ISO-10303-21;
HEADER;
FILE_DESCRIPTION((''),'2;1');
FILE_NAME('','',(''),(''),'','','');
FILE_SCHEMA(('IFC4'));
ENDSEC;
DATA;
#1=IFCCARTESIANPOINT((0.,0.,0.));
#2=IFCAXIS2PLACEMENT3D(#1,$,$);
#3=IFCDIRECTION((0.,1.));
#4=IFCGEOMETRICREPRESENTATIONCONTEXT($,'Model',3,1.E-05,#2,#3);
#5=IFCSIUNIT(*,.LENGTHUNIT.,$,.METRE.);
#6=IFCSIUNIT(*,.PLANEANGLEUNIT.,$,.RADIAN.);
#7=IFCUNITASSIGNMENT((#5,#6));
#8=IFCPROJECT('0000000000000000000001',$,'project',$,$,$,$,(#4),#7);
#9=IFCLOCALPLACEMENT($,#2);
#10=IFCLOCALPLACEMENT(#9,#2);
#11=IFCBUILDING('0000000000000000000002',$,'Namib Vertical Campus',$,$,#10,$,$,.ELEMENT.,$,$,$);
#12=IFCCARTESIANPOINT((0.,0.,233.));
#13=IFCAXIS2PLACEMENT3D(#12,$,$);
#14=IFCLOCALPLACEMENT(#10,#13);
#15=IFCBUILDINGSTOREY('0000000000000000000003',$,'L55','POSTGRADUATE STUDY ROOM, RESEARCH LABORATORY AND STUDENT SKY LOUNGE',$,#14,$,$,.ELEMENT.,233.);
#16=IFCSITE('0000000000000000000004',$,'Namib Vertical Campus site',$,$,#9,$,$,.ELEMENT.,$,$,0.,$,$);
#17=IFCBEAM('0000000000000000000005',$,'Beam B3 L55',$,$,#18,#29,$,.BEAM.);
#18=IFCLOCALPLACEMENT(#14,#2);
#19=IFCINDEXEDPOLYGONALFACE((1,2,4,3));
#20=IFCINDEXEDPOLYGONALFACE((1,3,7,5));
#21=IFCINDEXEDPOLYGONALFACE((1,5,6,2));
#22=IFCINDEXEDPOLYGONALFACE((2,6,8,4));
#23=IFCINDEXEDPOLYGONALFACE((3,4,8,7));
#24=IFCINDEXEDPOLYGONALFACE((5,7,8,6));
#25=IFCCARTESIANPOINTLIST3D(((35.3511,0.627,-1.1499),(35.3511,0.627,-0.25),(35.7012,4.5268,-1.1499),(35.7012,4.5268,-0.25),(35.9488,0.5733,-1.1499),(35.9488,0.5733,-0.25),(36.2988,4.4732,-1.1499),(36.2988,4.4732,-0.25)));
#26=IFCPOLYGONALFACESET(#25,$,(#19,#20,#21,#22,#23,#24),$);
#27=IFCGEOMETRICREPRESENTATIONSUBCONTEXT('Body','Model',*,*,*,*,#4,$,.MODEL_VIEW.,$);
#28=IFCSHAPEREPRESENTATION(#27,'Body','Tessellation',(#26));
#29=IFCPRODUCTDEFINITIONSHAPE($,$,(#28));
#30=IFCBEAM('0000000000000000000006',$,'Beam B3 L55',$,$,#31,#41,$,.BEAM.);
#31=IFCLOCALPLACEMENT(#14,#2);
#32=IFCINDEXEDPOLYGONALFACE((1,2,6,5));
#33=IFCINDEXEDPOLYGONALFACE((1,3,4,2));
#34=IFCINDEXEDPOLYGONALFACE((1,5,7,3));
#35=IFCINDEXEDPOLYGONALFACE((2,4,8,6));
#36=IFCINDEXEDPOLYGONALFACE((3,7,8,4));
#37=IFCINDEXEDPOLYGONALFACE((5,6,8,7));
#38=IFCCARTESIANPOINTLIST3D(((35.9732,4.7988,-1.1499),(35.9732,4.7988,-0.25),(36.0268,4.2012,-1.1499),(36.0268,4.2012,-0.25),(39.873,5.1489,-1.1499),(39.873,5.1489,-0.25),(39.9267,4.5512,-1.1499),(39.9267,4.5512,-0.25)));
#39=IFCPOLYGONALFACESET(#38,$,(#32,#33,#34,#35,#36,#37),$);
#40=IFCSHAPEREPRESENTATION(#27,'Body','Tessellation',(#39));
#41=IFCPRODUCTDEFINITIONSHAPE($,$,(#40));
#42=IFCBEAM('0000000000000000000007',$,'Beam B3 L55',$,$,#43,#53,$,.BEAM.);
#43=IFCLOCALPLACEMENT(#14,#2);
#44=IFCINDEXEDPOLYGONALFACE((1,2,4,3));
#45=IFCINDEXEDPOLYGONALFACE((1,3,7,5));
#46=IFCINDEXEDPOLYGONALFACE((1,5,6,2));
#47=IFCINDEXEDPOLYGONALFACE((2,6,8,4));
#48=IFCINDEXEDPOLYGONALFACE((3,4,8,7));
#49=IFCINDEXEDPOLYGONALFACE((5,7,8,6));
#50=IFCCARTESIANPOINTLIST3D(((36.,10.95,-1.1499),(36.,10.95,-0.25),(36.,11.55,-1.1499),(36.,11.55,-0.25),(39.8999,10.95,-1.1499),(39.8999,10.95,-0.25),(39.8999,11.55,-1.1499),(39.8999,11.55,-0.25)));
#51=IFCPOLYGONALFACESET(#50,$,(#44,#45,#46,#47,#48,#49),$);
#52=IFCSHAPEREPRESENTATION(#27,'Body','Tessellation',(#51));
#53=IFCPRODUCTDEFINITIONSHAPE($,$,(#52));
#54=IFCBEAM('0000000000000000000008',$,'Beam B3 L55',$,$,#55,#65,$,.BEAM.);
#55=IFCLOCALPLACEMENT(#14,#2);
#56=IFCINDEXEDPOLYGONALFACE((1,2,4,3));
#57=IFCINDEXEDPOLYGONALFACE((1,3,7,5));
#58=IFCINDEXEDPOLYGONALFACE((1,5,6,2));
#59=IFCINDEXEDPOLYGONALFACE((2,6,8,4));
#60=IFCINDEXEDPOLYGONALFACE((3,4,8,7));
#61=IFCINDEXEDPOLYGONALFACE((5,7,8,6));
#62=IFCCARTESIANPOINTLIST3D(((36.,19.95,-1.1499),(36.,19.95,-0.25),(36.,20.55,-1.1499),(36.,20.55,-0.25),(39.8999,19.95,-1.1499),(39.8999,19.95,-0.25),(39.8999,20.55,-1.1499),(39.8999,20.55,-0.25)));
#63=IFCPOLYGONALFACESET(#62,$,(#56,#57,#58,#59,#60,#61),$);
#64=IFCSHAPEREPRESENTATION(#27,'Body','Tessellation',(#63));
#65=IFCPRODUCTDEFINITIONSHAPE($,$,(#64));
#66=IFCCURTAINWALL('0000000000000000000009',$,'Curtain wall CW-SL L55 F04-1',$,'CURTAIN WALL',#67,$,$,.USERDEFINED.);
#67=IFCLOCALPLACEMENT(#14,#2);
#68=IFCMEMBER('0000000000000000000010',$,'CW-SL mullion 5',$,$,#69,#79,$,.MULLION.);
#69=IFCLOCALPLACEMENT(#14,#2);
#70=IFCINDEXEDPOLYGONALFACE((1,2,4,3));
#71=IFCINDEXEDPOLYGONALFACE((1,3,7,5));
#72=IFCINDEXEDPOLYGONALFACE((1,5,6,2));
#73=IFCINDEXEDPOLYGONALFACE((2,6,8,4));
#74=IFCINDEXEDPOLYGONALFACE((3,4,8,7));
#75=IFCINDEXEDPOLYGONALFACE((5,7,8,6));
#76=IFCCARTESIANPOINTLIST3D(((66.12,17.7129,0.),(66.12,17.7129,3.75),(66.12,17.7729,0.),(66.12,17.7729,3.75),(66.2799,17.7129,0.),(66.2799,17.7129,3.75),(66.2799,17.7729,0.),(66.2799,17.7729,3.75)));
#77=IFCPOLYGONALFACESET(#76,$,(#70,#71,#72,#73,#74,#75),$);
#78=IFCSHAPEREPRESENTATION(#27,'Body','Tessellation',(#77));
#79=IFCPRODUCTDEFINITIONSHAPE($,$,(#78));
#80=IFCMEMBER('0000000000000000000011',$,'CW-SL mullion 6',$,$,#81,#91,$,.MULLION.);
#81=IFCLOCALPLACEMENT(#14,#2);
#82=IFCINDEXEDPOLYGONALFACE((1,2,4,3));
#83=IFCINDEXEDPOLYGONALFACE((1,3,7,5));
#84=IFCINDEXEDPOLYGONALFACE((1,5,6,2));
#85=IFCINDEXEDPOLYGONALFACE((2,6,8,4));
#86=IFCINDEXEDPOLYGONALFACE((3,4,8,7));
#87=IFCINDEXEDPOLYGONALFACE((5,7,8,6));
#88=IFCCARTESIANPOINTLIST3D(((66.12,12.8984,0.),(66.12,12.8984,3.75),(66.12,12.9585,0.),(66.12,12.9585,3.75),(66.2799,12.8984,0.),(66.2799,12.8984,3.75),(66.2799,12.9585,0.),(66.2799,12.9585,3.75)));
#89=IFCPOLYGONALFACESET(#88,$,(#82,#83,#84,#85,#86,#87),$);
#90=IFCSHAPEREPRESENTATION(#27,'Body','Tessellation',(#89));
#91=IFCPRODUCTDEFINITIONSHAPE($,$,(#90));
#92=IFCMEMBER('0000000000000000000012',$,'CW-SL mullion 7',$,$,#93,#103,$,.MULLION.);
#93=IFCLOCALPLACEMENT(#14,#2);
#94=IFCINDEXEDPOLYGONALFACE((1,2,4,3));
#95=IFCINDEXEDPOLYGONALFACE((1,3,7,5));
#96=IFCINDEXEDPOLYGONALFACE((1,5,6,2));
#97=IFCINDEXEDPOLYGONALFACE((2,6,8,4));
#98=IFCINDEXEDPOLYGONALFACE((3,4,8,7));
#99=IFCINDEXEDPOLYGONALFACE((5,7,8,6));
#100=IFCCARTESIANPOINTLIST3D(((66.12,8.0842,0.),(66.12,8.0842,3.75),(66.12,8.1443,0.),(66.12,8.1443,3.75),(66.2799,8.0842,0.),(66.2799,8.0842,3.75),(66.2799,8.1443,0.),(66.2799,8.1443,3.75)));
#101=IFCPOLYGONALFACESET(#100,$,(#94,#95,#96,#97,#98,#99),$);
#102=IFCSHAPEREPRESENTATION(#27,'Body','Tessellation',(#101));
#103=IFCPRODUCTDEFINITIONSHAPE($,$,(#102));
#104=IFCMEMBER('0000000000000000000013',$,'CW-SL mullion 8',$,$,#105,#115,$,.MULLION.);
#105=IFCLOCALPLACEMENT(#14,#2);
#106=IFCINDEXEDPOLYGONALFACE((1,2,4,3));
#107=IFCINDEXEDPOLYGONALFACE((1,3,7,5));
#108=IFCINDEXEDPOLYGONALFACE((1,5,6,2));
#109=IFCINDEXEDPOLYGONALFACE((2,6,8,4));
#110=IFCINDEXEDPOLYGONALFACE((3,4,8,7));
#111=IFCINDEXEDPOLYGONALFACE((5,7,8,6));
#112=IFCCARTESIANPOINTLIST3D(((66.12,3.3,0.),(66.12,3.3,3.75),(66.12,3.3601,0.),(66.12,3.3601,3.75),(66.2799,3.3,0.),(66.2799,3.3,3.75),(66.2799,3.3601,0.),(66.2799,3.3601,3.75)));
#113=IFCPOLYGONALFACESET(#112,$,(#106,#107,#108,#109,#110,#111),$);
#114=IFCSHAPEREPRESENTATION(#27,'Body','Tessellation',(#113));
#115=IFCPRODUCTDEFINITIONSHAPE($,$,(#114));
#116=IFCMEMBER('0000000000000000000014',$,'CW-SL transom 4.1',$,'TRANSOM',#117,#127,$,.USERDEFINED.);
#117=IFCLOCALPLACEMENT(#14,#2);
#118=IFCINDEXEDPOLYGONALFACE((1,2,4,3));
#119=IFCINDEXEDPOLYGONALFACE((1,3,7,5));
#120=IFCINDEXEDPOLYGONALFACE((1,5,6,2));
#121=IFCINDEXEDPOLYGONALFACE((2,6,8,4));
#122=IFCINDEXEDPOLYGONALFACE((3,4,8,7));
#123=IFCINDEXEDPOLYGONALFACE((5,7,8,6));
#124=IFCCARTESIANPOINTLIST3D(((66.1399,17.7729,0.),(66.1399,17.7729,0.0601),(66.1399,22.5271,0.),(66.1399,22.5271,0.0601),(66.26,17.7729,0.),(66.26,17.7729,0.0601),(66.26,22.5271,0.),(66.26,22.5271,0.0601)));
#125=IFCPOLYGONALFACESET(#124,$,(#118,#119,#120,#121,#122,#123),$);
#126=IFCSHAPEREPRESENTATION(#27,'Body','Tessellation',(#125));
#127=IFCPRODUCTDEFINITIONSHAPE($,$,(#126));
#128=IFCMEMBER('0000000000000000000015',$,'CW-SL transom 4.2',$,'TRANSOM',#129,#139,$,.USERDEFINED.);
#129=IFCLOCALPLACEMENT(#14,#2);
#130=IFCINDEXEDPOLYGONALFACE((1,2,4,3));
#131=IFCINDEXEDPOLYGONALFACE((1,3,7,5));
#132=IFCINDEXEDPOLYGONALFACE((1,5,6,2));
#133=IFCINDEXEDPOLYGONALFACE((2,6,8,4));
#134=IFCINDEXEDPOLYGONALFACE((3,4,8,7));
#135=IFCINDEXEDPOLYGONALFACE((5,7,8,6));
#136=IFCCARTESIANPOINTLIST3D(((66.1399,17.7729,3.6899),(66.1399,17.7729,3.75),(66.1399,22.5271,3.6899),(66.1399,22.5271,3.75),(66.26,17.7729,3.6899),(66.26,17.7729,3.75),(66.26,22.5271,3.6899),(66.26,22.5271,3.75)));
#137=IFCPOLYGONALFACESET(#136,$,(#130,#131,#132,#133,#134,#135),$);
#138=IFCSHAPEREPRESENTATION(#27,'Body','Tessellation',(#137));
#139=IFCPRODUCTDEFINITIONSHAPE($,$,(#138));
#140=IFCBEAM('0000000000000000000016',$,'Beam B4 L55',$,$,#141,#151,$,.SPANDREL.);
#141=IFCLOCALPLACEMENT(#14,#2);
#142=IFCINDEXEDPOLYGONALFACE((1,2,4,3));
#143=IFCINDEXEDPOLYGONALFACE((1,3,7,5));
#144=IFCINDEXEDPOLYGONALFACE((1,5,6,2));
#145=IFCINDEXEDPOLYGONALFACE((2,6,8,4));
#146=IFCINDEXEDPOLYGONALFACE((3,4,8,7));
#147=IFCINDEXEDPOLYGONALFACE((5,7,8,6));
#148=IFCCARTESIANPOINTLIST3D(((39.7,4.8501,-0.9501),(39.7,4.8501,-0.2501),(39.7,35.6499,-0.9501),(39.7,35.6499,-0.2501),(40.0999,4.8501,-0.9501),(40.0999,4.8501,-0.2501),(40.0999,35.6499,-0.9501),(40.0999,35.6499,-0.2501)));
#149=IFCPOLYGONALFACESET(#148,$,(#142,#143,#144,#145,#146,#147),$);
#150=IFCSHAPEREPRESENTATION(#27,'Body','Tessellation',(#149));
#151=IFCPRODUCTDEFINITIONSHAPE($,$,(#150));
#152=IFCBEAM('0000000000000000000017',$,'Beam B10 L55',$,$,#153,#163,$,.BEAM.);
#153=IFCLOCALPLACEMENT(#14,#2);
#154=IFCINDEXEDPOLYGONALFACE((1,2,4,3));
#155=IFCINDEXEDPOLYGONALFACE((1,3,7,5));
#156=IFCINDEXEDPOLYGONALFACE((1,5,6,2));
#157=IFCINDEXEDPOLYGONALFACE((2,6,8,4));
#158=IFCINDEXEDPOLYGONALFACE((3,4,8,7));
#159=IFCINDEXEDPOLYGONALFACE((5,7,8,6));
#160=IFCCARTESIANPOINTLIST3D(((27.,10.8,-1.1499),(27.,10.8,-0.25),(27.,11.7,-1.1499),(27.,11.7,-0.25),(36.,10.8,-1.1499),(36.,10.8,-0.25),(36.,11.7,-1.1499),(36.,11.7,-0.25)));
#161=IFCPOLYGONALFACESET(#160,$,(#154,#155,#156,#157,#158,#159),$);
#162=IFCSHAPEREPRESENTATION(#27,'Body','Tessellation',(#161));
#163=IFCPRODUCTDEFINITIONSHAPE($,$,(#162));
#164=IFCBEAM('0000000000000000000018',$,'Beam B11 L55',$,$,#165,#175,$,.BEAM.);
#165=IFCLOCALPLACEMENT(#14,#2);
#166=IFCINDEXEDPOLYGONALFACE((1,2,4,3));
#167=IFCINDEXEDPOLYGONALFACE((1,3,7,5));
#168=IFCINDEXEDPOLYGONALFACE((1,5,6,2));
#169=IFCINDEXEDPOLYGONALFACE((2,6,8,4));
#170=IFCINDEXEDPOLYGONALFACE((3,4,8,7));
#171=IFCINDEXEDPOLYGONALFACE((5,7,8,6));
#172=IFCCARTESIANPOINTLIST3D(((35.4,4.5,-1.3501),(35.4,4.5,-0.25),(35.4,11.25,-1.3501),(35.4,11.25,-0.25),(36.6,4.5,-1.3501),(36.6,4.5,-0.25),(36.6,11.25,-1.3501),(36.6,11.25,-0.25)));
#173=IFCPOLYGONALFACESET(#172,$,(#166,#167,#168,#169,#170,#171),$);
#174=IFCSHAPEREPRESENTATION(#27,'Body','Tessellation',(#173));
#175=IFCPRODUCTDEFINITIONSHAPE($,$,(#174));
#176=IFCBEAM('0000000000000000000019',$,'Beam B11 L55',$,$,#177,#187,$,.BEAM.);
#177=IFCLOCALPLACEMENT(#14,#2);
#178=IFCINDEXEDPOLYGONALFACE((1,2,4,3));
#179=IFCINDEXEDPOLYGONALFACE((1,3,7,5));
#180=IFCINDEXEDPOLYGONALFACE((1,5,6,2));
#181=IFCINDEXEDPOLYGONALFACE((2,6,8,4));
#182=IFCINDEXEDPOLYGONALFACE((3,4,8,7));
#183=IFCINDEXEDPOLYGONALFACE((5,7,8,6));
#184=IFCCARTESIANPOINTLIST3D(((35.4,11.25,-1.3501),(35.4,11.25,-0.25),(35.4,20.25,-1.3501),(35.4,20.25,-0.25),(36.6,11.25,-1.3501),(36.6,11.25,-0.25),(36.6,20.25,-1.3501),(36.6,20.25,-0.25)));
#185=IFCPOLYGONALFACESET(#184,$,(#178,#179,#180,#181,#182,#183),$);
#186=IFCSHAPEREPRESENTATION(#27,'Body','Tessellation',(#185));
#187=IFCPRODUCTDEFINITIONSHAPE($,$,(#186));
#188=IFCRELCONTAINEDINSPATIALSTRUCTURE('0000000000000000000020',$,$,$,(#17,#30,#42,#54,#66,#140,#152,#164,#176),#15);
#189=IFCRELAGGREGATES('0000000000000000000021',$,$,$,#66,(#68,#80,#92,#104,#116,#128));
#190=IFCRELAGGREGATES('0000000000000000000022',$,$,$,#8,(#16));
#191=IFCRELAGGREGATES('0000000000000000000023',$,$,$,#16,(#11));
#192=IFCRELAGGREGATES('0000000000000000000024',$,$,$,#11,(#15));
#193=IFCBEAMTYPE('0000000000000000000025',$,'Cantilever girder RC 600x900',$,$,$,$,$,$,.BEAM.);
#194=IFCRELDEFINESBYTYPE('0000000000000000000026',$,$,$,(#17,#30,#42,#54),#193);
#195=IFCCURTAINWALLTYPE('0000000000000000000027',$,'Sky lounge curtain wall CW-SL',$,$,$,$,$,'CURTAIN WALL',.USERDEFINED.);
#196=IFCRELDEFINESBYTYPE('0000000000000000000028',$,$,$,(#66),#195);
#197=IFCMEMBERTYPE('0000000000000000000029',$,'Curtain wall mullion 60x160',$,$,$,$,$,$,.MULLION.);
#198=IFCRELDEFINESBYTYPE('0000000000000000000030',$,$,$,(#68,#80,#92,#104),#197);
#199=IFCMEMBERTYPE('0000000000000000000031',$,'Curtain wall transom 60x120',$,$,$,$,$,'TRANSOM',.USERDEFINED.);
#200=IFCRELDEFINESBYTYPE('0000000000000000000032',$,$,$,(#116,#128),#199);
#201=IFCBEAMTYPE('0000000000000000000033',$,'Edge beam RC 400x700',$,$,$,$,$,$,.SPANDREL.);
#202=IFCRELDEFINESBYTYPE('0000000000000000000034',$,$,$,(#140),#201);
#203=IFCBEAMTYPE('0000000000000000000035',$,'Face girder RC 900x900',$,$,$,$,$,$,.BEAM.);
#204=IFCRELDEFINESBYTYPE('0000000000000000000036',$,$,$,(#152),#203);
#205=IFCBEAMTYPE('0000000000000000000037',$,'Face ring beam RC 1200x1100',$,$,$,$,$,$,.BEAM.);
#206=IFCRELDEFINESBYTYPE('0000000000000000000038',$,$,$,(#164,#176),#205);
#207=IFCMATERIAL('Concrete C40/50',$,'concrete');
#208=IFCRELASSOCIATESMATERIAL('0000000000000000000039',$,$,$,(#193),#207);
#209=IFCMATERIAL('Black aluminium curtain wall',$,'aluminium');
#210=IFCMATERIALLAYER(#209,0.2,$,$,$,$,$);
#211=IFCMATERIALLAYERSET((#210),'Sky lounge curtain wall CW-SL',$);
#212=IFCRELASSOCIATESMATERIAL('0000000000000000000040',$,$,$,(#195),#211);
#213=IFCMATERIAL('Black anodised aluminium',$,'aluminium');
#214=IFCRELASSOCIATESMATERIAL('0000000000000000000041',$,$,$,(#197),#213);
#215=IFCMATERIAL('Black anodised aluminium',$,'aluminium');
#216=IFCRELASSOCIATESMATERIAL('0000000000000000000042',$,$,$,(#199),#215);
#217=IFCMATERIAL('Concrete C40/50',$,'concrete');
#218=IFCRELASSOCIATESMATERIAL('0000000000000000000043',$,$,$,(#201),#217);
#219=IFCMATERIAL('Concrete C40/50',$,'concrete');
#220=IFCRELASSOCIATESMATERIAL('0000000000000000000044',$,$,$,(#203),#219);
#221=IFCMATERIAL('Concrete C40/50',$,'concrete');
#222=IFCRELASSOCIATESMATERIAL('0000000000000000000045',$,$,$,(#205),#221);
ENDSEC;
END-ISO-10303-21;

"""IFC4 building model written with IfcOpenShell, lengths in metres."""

from ifc_helpers import new_model, si_unit, direction, frame, origin, origin_2d, place, context, subcontext, project, spatial, rectangle, extrude, material, layer, layer_set, material_profile, profile_set, type_object, element, aggregate, save


model = new_model("IFC4")

# Units and contexts
model_context = context("Model", 3, precision=1e-05, world=origin(), true_north=direction((0.0, 1.0)))
body_context = subcontext(model_context, "Body", "Model", "MODEL_VIEW")
ifc_project = project(units=[si_unit("LENGTHUNIT", "METRE"), si_unit("PLANEANGLEUNIT", "RADIAN")], contexts=[model_context])

# Site, building, storey
site_placement = place(None, origin())
site = spatial("IfcSite", under=ifc_project, at=site_placement, Name="Namib Vertical Campus site", CompositionType="ELEMENT", RefElevation=0.0)
building_placement = place(site_placement, origin())
building = spatial("IfcBuilding", under=site, at=building_placement, Name="Namib Vertical Campus", CompositionType="ELEMENT")
storey_placement = place(building_placement, frame((0.0, 0.0, 233.0)))
storey = spatial("IfcBuildingStorey", under=building, at=storey_placement, Name="L55", Description="POSTGRADUATE STUDY ROOM, RESEARCH LABORATORY AND STUDENT SKY LOUNGE", CompositionType="ELEMENT", Elevation=233.0)

# Beams
ifc_material_1 = material(Name="Concrete C40/50", Category="concrete")
ifc_material_profile_1 = material_profile(ifc_material_1, rectangle(XDim=0.6001, YDim=0.8999, at=origin_2d()))
ifc_profile_set_1 = profile_set([ifc_material_profile_1], Name="Concrete C40/50")
beam_type_1 = type_object("IfcBeamType", Name="Cantilever girder RC 600x900", PredefinedType="BEAM", material=ifc_profile_set_1)
for number, where, z_axis, x_axis, name in (
    (1, (36.0, 4.5, -0.7), (-0.089411, -0.995995, 0.0), (0.995995, -0.089411, 0.0), "Beam B3 L55"),
    (2, (36.0, 4.5, -0.7), (0.995995, 0.089411, 0.0), (-0.089411, 0.995995, 0.0), "Beam B3 L55"),
):
    element("IfcBeam", number, at=place(storey_placement, frame(where, z_axis=z_axis, x_axis=x_axis)), inside=storey, type_object=beam_type_1, Name=name, PredefinedType="BEAM", context=body_context, shape_type="SweptSolid", body=[
        extrude(rectangle(XDim=0.6001, YDim=0.8999, at=origin_2d()), origin(), (0.0, 0.0, 1.0), 3.9155),
    ])
for number, where, z_axis, x_axis, name in (
    (3, (36.0, 11.25, -0.7), (1.0, 0.0, 0.0), (0.0, 1.0, 0.0), "Beam B3 L55"),
    (4, (36.0, 20.25, -0.7), (1.0, 0.0, 0.0), (0.0, 1.0, 0.0), "Beam B3 L55"),
):
    element("IfcBeam", number, at=place(storey_placement, frame(where, z_axis=z_axis, x_axis=x_axis)), inside=storey, type_object=beam_type_1, Name=name, PredefinedType="BEAM", context=body_context, shape_type="SweptSolid", body=[
        extrude(rectangle(XDim=0.6001, YDim=0.8999, at=origin_2d()), origin(), (0.0, 0.0, 1.0), 3.8999),
    ])

# Curtain wall, members
ifc_material_2 = material(Name="Black aluminium curtain wall", Category="aluminium")
ifc_layer_1 = layer(ifc_material_2, 0.2)
ifc_layer_set_1 = layer_set([ifc_layer_1], Name="Sky lounge curtain wall CW-SL")
curtain_wall_type = type_object("IfcCurtainWallType", Name="Sky lounge curtain wall CW-SL", ElementType="CURTAIN WALL", PredefinedType="USERDEFINED", material=ifc_layer_set_1)
curtain_wall_placement = place(storey_placement, origin())
curtain_wall = element("IfcCurtainWall", 5, at=curtain_wall_placement, inside=storey, type_object=curtain_wall_type, Name="Curtain wall CW-SL L55 F04-1", ObjectType="CURTAIN WALL", PredefinedType="USERDEFINED")
ifc_material_3 = material(Name="Black anodised aluminium", Category="aluminium")
ifc_material_profile_2 = material_profile(ifc_material_3, rectangle(XDim=0.0601, YDim=0.1599, at=origin_2d()))
ifc_profile_set_2 = profile_set([ifc_material_profile_2], Name="Black anodised aluminium")
member_type_1 = type_object("IfcMemberType", Name="Curtain wall mullion 60x160", PredefinedType="MULLION", material=ifc_profile_set_2)
member_1_placement = place(storey_placement, frame((66.2, 17.7429, 0.0), z_axis=(0.0, 0.0, 1.0), x_axis=(0.0, -1.0, 0.0)))
member_1 = element("IfcMember", 6, at=member_1_placement, type_object=member_type_1, Name="CW-SL mullion 5", PredefinedType="MULLION", context=body_context, shape_type="SweptSolid", body=[
    extrude(rectangle(XDim=0.0601, YDim=0.1599, at=origin_2d()), origin(), (0.0, 0.0, 1.0), 3.75),
])
member_2_placement = place(storey_placement, frame((66.2, 12.9285, 0.0), z_axis=(0.0, 0.0, 1.0), x_axis=(0.0, -1.0, 0.0)))
member_2 = element("IfcMember", 7, at=member_2_placement, type_object=member_type_1, Name="CW-SL mullion 6", PredefinedType="MULLION", context=body_context, shape_type="SweptSolid", body=[
    extrude(rectangle(XDim=0.0601, YDim=0.1599, at=origin_2d()), origin(), (0.0, 0.0, 1.0), 3.75),
])
member_3_placement = place(storey_placement, frame((66.2, 8.1143, 0.0), z_axis=(0.0, 0.0, 1.0), x_axis=(0.0, -1.0, 0.0)))
member_3 = element("IfcMember", 8, at=member_3_placement, type_object=member_type_1, Name="CW-SL mullion 7", PredefinedType="MULLION", context=body_context, shape_type="SweptSolid", body=[
    extrude(rectangle(XDim=0.0601, YDim=0.1599, at=origin_2d()), origin(), (0.0, 0.0, 1.0), 3.75),
])
member_4_placement = place(storey_placement, frame((66.2, 3.3301, 0.0), z_axis=(0.0, 0.0, 1.0), x_axis=(0.0, -1.0, 0.0)))
member_4 = element("IfcMember", 9, at=member_4_placement, type_object=member_type_1, Name="CW-SL mullion 8", PredefinedType="MULLION", context=body_context, shape_type="SweptSolid", body=[
    extrude(rectangle(XDim=0.0601, YDim=0.1599, at=origin_2d()), origin(), (0.0, 0.0, 1.0), 3.75),
])
ifc_material_4 = material(Name="Black anodised aluminium", Category="aluminium")
ifc_material_profile_3 = material_profile(ifc_material_4, rectangle(XDim=0.0601, YDim=0.1201, at=origin_2d()))
ifc_profile_set_3 = profile_set([ifc_material_profile_3], Name="Black anodised aluminium")
member_type_2 = type_object("IfcMemberType", Name="Curtain wall transom 60x120", ElementType="TRANSOM", PredefinedType="USERDEFINED", material=ifc_profile_set_3)
member_5_placement = place(storey_placement, frame((66.2, 22.5271, 0.03), z_axis=(0.0, -1.0, 0.0), x_axis=(0.0, 0.0, 1.0)))
member_5 = element("IfcMember", 10, at=member_5_placement, type_object=member_type_2, Name="CW-SL transom 4.1", ObjectType="TRANSOM", PredefinedType="USERDEFINED", context=body_context, shape_type="SweptSolid", body=[
    extrude(rectangle(XDim=0.0601, YDim=0.1201, at=origin_2d()), origin(), (0.0, 0.0, 1.0), 4.7542),
])
member_6_placement = place(storey_placement, frame((66.2, 22.5271, 3.72), z_axis=(0.0, -1.0, 0.0), x_axis=(0.0, 0.0, 1.0)))
member_6 = element("IfcMember", 11, at=member_6_placement, type_object=member_type_2, Name="CW-SL transom 4.2", ObjectType="TRANSOM", PredefinedType="USERDEFINED", context=body_context, shape_type="SweptSolid", body=[
    extrude(rectangle(XDim=0.0601, YDim=0.1201, at=origin_2d()), origin(), (0.0, 0.0, 1.0), 4.7542),
])
aggregate(curtain_wall, [member_1, member_2, member_3, member_4, member_5, member_6])

# Beams
ifc_material_5 = material(Name="Concrete C40/50", Category="concrete")
ifc_material_profile_4 = material_profile(ifc_material_5, rectangle(XDim=0.3999, YDim=0.7, at=origin_2d()))
ifc_profile_set_4 = profile_set([ifc_material_profile_4], Name="Concrete C40/50")
beam_type_2 = type_object("IfcBeamType", Name="Edge beam RC 400x700", PredefinedType="SPANDREL", material=ifc_profile_set_4)
beam_1_placement = place(storey_placement, frame((39.8999, 4.8501, -0.6001), z_axis=(0.0, 1.0, 0.0), x_axis=(-1.0, 0.0, 0.0)))
element("IfcBeam", 12, at=beam_1_placement, inside=storey, type_object=beam_type_2, Name="Beam B4 L55", PredefinedType="SPANDREL", context=body_context, shape_type="SweptSolid", body=[
    extrude(rectangle(XDim=0.3999, YDim=0.7, at=origin_2d()), origin(), (0.0, 0.0, 1.0), 30.7998),
])
ifc_material_6 = material(Name="Concrete C40/50", Category="concrete")
ifc_material_profile_5 = material_profile(ifc_material_6, rectangle(XDim=0.8999, YDim=0.8999, at=origin_2d()))
ifc_profile_set_5 = profile_set([ifc_material_profile_5], Name="Concrete C40/50")
beam_type_3 = type_object("IfcBeamType", Name="Face girder RC 900x900", PredefinedType="BEAM", material=ifc_profile_set_5)
beam_2_placement = place(storey_placement, frame((36.0, 11.25, -0.7), z_axis=(-1.0, 0.0, 0.0), x_axis=(0.0, -1.0, 0.0)))
element("IfcBeam", 13, at=beam_2_placement, inside=storey, type_object=beam_type_3, Name="Beam B10 L55", PredefinedType="BEAM", context=body_context, shape_type="SweptSolid", body=[
    extrude(rectangle(XDim=0.8999, YDim=0.8999, at=origin_2d()), origin(), (0.0, 0.0, 1.0), 9.0),
])
ifc_material_7 = material(Name="Concrete C40/50", Category="concrete")
ifc_material_profile_6 = material_profile(ifc_material_7, rectangle(XDim=1.2, YDim=1.1001, at=origin_2d()))
ifc_profile_set_6 = profile_set([ifc_material_profile_6], Name="Concrete C40/50")
beam_type_4 = type_object("IfcBeamType", Name="Face ring beam RC 1200x1100", PredefinedType="BEAM", material=ifc_profile_set_6)
beam_3_placement = place(storey_placement, frame((36.0, 4.5, -0.8), z_axis=(0.0, 1.0, 0.0), x_axis=(-1.0, 0.0, 0.0)))
element("IfcBeam", 14, at=beam_3_placement, inside=storey, type_object=beam_type_4, Name="Beam B11 L55", PredefinedType="BEAM", context=body_context, shape_type="SweptSolid", body=[
    extrude(rectangle(XDim=1.2, YDim=1.1001, at=origin_2d()), origin(), (0.0, 0.0, 1.0), 6.75),
])
for number, where, z_axis, x_axis, name in (
    (15, (36.0, 11.25, -0.8), (0.0, 1.0, 0.0), (-1.0, 0.0, 0.0), "Beam B11 L55"),
):
    element("IfcBeam", number, at=place(storey_placement, frame(where, z_axis=z_axis, x_axis=x_axis)), inside=storey, type_object=beam_type_4, Name=name, PredefinedType="BEAM", context=body_context, shape_type="SweptSolid", body=[
        extrude(rectangle(XDim=1.2, YDim=1.1001, at=origin_2d()), origin(), (0.0, 0.0, 1.0), 9.0),
    ])

save(model, "model.ifc")
